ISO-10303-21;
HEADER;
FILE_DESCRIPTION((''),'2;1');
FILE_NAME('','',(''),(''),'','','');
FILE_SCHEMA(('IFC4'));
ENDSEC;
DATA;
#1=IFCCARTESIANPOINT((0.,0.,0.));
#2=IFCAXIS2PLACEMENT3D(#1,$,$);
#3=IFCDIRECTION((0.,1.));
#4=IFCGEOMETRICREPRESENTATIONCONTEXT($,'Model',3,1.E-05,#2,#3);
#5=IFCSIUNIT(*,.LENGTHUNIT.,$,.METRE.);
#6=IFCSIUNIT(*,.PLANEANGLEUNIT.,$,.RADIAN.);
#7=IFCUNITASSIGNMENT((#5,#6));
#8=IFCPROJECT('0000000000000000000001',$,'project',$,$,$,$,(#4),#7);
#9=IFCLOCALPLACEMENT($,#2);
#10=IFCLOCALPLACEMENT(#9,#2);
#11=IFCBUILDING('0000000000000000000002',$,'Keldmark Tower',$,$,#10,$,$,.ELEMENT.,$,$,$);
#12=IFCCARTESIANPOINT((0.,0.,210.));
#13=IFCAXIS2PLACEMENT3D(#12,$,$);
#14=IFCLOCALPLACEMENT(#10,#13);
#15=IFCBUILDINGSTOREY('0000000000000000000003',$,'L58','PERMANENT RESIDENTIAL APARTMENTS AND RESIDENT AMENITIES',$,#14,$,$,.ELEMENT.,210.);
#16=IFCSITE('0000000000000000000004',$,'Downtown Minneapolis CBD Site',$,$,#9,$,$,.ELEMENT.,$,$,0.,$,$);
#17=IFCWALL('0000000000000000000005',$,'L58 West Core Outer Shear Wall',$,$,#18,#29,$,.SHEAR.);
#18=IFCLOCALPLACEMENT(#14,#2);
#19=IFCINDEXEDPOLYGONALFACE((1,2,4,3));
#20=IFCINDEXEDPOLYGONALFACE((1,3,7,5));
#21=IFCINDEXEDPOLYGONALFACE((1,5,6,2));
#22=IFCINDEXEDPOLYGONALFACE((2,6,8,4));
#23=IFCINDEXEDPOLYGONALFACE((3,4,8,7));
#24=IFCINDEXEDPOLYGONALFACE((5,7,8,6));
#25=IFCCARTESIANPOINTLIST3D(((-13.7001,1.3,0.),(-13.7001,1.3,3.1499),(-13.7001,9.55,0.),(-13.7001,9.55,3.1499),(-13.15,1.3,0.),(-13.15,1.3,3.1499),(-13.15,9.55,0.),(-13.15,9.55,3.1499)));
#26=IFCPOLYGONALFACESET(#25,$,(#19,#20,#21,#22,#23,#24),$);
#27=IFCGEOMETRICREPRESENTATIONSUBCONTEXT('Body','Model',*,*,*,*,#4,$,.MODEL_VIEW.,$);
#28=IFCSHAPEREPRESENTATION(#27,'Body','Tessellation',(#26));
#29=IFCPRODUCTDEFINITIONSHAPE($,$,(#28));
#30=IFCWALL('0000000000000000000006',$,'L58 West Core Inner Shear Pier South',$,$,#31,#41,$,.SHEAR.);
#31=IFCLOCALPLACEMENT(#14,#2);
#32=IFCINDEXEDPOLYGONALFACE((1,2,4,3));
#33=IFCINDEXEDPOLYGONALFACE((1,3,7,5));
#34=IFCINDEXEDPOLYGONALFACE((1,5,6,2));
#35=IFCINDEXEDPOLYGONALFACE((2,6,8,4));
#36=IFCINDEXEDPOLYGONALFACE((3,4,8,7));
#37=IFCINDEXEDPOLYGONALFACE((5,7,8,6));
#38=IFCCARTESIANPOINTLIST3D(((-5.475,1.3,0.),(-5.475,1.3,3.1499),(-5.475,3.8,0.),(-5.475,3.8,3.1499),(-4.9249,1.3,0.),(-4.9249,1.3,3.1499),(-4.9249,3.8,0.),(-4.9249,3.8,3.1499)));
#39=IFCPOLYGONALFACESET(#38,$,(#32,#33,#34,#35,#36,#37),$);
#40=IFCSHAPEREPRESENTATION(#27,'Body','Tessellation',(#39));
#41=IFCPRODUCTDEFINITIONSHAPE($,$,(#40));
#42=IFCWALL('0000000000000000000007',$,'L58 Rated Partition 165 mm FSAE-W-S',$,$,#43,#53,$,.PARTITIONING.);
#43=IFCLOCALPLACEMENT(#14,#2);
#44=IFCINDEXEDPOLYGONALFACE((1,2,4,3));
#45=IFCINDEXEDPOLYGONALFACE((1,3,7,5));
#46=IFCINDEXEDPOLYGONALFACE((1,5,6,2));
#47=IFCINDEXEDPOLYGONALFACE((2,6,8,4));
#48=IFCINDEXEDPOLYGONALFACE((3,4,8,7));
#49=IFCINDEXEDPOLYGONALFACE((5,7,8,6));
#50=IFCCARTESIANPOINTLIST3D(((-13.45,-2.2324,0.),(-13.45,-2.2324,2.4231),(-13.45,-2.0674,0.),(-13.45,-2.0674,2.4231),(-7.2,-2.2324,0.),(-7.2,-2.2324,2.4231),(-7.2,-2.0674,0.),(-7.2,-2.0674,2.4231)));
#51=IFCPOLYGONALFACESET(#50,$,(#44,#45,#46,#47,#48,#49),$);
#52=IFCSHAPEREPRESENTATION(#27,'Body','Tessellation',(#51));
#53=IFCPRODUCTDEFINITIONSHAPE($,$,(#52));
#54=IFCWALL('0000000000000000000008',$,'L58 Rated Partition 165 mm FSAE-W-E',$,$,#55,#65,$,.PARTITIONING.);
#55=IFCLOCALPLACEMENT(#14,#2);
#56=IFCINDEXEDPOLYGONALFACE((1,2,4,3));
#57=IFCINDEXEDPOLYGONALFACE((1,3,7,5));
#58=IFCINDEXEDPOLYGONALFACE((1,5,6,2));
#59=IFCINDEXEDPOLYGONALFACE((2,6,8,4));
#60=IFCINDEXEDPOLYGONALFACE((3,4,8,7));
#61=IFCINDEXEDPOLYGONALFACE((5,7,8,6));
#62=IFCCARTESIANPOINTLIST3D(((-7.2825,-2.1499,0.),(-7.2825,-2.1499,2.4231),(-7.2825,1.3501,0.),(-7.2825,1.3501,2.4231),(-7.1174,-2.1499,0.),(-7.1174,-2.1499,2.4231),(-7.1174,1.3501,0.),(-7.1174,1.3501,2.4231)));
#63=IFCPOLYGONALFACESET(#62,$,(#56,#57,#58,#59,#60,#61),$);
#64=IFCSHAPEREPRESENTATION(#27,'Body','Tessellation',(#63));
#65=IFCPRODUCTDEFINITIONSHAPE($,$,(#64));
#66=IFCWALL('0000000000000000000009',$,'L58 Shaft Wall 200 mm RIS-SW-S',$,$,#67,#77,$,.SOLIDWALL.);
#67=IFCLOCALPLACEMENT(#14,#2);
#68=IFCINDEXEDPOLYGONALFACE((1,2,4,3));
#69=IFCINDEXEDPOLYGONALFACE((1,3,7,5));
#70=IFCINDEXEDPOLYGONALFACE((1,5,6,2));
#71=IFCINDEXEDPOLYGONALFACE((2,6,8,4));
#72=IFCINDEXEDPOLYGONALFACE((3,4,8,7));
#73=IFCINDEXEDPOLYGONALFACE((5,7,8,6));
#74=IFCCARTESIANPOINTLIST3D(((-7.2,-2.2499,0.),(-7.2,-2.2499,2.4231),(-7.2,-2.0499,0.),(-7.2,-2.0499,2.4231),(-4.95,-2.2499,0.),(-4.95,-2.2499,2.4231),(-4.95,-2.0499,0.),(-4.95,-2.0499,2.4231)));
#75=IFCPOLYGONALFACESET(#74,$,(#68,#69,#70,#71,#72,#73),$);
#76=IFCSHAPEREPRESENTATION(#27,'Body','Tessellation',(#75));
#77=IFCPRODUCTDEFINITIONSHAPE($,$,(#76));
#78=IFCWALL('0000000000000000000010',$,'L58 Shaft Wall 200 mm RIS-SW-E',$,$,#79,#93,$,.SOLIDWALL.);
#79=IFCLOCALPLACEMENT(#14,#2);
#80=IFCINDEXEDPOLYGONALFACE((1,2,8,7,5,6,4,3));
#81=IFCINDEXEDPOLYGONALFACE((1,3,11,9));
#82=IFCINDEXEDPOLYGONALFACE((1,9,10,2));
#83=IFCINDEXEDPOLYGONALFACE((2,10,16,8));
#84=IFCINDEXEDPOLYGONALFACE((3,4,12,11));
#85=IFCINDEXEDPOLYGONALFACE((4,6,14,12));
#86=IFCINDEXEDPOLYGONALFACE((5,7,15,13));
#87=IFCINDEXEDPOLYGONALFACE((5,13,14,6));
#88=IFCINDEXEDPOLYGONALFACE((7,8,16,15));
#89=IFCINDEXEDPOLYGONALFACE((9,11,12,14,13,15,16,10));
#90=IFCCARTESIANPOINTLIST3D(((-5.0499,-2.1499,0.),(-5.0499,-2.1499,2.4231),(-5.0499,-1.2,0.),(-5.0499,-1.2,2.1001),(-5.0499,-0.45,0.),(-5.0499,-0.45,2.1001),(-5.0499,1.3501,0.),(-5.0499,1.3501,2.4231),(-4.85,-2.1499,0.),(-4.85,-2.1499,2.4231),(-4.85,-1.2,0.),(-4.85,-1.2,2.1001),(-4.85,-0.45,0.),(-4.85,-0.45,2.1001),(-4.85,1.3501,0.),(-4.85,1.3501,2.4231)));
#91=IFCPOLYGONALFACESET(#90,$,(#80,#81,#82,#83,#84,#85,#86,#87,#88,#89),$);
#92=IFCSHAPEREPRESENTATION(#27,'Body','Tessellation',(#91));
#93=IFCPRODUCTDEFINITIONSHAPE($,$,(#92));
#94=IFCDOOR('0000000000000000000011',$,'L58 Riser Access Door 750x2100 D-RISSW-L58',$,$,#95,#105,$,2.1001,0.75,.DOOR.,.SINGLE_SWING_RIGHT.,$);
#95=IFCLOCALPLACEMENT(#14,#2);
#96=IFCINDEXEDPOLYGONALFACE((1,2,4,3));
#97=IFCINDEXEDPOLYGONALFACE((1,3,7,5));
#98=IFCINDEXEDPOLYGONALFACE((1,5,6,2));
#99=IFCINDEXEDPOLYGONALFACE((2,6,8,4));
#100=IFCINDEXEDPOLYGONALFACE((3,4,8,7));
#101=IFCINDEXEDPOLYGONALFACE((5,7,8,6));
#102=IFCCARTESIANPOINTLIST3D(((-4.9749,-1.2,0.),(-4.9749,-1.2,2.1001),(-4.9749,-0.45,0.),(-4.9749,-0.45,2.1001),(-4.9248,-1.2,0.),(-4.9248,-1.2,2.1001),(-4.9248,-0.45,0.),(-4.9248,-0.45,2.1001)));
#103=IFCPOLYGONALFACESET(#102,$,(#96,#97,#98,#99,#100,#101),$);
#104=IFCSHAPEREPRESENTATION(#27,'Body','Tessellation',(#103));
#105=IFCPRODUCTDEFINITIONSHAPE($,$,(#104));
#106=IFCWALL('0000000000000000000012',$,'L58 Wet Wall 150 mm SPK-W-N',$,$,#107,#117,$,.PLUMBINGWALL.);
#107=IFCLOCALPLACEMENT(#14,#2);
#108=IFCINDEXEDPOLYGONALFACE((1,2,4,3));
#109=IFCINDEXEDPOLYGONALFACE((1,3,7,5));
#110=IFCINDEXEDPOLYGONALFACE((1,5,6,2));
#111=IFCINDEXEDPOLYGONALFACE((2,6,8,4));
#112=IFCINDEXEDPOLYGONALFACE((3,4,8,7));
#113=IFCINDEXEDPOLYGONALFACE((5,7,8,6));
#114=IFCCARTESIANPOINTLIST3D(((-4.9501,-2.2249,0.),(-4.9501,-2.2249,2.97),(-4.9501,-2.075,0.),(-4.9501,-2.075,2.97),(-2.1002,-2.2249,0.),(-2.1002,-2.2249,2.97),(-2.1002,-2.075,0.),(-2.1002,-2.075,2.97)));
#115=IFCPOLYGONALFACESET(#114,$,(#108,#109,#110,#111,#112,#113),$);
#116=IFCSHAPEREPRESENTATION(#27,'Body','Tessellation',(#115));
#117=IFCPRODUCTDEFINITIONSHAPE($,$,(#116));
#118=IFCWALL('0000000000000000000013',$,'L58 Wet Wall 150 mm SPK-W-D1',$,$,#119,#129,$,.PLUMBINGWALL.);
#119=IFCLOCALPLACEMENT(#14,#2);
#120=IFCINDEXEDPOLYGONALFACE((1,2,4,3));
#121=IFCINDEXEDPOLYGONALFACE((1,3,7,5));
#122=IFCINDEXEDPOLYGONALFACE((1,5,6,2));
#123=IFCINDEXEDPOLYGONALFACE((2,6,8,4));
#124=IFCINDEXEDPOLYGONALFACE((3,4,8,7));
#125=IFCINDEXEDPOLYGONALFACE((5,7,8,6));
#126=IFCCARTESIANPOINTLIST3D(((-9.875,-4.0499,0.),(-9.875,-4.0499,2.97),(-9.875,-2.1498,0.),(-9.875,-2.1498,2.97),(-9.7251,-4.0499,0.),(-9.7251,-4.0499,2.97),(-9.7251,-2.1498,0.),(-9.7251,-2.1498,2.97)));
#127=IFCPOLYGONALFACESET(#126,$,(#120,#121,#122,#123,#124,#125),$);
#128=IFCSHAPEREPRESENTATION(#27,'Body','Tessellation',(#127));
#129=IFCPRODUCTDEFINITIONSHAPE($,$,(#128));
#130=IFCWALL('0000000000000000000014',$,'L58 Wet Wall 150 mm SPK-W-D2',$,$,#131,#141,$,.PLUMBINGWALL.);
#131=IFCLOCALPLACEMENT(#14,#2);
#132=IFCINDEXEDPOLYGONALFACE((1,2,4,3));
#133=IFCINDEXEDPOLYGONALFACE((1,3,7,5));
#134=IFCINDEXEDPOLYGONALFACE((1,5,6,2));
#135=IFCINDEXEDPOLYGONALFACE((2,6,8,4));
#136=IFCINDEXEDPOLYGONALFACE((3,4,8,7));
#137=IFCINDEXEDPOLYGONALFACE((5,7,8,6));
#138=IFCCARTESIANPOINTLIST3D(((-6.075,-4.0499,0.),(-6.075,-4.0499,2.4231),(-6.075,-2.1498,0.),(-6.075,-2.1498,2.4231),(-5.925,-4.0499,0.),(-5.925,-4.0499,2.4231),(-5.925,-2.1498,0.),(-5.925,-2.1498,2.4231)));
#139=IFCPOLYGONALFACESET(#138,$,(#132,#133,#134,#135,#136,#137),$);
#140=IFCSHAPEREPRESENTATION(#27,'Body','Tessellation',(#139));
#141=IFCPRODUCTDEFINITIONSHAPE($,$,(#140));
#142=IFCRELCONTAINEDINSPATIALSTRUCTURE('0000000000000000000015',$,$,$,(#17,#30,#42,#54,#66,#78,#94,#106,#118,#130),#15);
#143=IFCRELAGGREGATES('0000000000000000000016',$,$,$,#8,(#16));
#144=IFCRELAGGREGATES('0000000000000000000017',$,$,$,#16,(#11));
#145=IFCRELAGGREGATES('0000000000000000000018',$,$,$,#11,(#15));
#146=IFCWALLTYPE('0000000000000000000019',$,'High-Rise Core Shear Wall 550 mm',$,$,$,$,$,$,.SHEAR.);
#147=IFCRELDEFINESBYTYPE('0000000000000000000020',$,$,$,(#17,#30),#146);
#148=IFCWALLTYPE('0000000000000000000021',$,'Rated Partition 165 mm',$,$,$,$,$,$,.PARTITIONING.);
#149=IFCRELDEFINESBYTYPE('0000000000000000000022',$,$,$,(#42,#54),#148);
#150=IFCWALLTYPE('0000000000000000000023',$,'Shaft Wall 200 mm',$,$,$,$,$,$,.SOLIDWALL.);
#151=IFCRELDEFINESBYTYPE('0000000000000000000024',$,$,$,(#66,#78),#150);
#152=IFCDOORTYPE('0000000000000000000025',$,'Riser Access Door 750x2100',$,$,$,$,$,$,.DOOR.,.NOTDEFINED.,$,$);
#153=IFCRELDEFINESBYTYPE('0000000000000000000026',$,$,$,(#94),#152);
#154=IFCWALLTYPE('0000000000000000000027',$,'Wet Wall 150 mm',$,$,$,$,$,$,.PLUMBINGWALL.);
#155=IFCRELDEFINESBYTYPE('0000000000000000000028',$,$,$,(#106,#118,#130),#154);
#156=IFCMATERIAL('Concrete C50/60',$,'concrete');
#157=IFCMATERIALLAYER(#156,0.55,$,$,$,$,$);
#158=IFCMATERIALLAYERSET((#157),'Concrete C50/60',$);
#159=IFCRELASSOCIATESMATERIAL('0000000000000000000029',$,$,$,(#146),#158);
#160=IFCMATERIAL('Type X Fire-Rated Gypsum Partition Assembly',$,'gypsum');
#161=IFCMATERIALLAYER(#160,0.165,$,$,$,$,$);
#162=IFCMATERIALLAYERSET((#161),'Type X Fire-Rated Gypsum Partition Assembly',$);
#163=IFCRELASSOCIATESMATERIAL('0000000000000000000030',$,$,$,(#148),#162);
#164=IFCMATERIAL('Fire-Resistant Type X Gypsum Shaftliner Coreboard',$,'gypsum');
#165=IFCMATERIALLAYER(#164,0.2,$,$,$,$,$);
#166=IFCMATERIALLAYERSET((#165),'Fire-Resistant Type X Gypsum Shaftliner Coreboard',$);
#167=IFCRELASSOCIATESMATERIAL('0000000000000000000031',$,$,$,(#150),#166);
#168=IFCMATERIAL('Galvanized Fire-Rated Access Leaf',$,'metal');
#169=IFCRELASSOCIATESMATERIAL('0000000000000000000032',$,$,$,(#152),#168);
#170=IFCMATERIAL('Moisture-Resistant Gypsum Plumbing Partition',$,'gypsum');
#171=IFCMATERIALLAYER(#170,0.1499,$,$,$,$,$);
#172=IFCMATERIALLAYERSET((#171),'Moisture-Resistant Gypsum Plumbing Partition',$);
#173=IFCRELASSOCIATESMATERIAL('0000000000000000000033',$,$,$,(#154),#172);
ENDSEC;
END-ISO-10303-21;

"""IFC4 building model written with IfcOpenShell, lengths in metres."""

from ifc_helpers import new_model, si_unit, direction, frame, frame_2d, origin, place, context, subcontext, project, spatial, rectangle, extrude, material, layer, layer_set, type_object, element, fill, save


model = new_model("IFC4")

# Units and contexts
model_context = context("Model", 3, precision=1e-05, world=origin(), true_north=direction((0.0, 1.0)))
body_context = subcontext(model_context, "Body", "Model", "MODEL_VIEW")
ifc_project = project(units=[si_unit("LENGTHUNIT", "METRE"), si_unit("PLANEANGLEUNIT", "RADIAN")], contexts=[model_context])

# Site, building, storey
site_placement = place(None, origin())
site = spatial("IfcSite", under=ifc_project, at=site_placement, Name="Downtown Minneapolis CBD Site", CompositionType="ELEMENT", RefElevation=0.0)
building_placement = place(site_placement, origin())
building = spatial("IfcBuilding", under=site, at=building_placement, Name="Keldmark Tower", CompositionType="ELEMENT")
storey_placement = place(building_placement, frame((0.0, 0.0, 210.0)))
storey = spatial("IfcBuildingStorey", under=building, at=storey_placement, Name="L58", Description="PERMANENT RESIDENTIAL APARTMENTS AND RESIDENT AMENITIES", CompositionType="ELEMENT", Elevation=210.0)

# Walls
ifc_material_1 = material(Name="Concrete C50/60", Category="concrete")
ifc_layer_1 = layer(ifc_material_1, 0.55)
ifc_layer_set_1 = layer_set([ifc_layer_1], Name="Concrete C50/60")
wall_type_1 = type_object("IfcWallType", Name="High-Rise Core Shear Wall 550 mm", PredefinedType="SHEAR", material=ifc_layer_set_1)
wall_1_placement = place(storey_placement, frame((-13.425, 1.3, 0.0), z_axis=(0.0, 0.0, 1.0), x_axis=(0.0, 1.0, 0.0)))
element("IfcWall", 1, at=wall_1_placement, inside=storey, type_object=wall_type_1, Name="L58 West Core Outer Shear Wall", PredefinedType="SHEAR", context=body_context, shape_type="SweptSolid", body=[
    extrude(rectangle(XDim=8.25, YDim=0.55, at=frame_2d((4.125, 0.0))), origin(), (0.0, 0.0, 1.0), 3.1499),
])
wall_2_placement = place(storey_placement, frame((-5.2, 1.3, 0.0), z_axis=(0.0, 0.0, 1.0), x_axis=(0.0, 1.0, 0.0)))
element("IfcWall", 2, at=wall_2_placement, inside=storey, type_object=wall_type_1, Name="L58 West Core Inner Shear Pier South", PredefinedType="SHEAR", context=body_context, shape_type="SweptSolid", body=[
    extrude(rectangle(XDim=2.5, YDim=0.55, at=frame_2d((1.25, 0.0))), origin(), (0.0, 0.0, 1.0), 3.1499),
])
ifc_material_2 = material(Name="Type X Fire-Rated Gypsum Partition Assembly", Category="gypsum")
ifc_layer_2 = layer(ifc_material_2, 0.165)
ifc_layer_set_2 = layer_set([ifc_layer_2], Name="Type X Fire-Rated Gypsum Partition Assembly")
wall_type_2 = type_object("IfcWallType", Name="Rated Partition 165 mm", PredefinedType="PARTITIONING", material=ifc_layer_set_2)
wall_3_placement = place(storey_placement, frame((-13.45, -2.1499, 0.0), z_axis=(0.0, 0.0, 1.0), x_axis=(1.0, 0.0, 0.0)))
element("IfcWall", 3, at=wall_3_placement, inside=storey, type_object=wall_type_2, Name="L58 Rated Partition 165 mm FSAE-W-S", PredefinedType="PARTITIONING", context=body_context, shape_type="SweptSolid", body=[
    extrude(rectangle(XDim=6.25, YDim=0.165, at=frame_2d((3.125, 0.0))), origin(), (0.0, 0.0, 1.0), 2.4231),
])

# Walls
wall_4_placement = place(storey_placement, frame((-7.2, -2.1499, 0.0), z_axis=(0.0, 0.0, 1.0), x_axis=(0.0, 1.0, 0.0)))
element("IfcWall", 4, at=wall_4_placement, inside=storey, type_object=wall_type_2, Name="L58 Rated Partition 165 mm FSAE-W-E", PredefinedType="PARTITIONING", context=body_context, shape_type="SweptSolid", body=[
    extrude(rectangle(XDim=3.5, YDim=0.165, at=frame_2d((1.75, 0.0))), origin(), (0.0, 0.0, 1.0), 2.4231),
])
ifc_material_3 = material(Name="Fire-Resistant Type X Gypsum Shaftliner Coreboard", Category="gypsum")
ifc_layer_3 = layer(ifc_material_3, 0.2)
ifc_layer_set_3 = layer_set([ifc_layer_3], Name="Fire-Resistant Type X Gypsum Shaftliner Coreboard")
wall_type_3 = type_object("IfcWallType", Name="Shaft Wall 200 mm", PredefinedType="SOLIDWALL", material=ifc_layer_set_3)
wall_5_placement = place(storey_placement, frame((-7.2, -2.1499, 0.0), z_axis=(0.0, 0.0, 1.0), x_axis=(1.0, 0.0, 0.0)))
element("IfcWall", 5, at=wall_5_placement, inside=storey, type_object=wall_type_3, Name="L58 Shaft Wall 200 mm RIS-SW-S", PredefinedType="SOLIDWALL", context=body_context, shape_type="SweptSolid", body=[
    extrude(rectangle(XDim=2.25, YDim=0.2, at=frame_2d((1.125, 0.0))), origin(), (0.0, 0.0, 1.0), 2.4231),
])

# Wall, opening, door
wall_6_placement = place(storey_placement, frame((-4.95, -2.1499, 0.0), z_axis=(0.0, 0.0, 1.0), x_axis=(0.0, 1.0, 0.0)))
wall_6 = element("IfcWall", 6, at=wall_6_placement, inside=storey, type_object=wall_type_3, Name="L58 Shaft Wall 200 mm RIS-SW-E", PredefinedType="SOLIDWALL", context=body_context, shape_type="SweptSolid", body=[
    extrude(rectangle(XDim=3.5, YDim=0.2, at=frame_2d((1.75, 0.0))), origin(), (0.0, 0.0, 1.0), 2.4231),
])
opening_1_placement = place(wall_6_placement, frame((0.95, 0.0, 0.0)))
opening_1 = element("IfcOpeningElement", 7, at=opening_1_placement, cuts=wall_6, PredefinedType="OPENING", context=body_context, shape_type="SweptSolid", body=[
    extrude(rectangle(XDim=0.75, YDim=2.1001, at=frame_2d((0.375, 1.05))), frame((0.0, 0.1099, 0.0), z_axis=(0.0, -1.0, 0.0), x_axis=(1.0, 0.0, 0.0)), (0.0, 0.0, 1.0), 0.22),
])
ifc_material_4 = material(Name="Galvanized Fire-Rated Access Leaf", Category="metal")
door_type_1 = type_object("IfcDoorType", Name="Riser Access Door 750x2100", OperationType="NOTDEFINED", PredefinedType="DOOR", material=ifc_material_4)
door_1_placement = place(opening_1_placement, origin())
door_1 = element("IfcDoor", 8, at=door_1_placement, inside=storey, type_object=door_type_1, Name="L58 Riser Access Door 750x2100 D-RISSW-L58", OperationType="SINGLE_SWING_RIGHT", OverallHeight=2.1001, OverallWidth=0.75, PredefinedType="DOOR", context=body_context, shape_type="SweptSolid", body=[
    extrude(rectangle(XDim=0.75, YDim=2.1001, at=frame_2d((0.375, 1.05))), frame((0.0, 0.0249, 0.0), z_axis=(0.0, -1.0, 0.0), x_axis=(1.0, 0.0, 0.0)), (0.0, 0.0, 1.0), 0.05),
])
fill(opening_1, door_1)

# Walls
ifc_material_5 = material(Name="Moisture-Resistant Gypsum Plumbing Partition", Category="gypsum")
ifc_layer_4 = layer(ifc_material_5, 0.1499)
ifc_layer_set_4 = layer_set([ifc_layer_4], Name="Moisture-Resistant Gypsum Plumbing Partition")
wall_type_4 = type_object("IfcWallType", Name="Wet Wall 150 mm", PredefinedType="PLUMBINGWALL", material=ifc_layer_set_4)
wall_7_placement = place(storey_placement, frame((-4.95, -2.1499, 0.0), z_axis=(0.0, 0.0, 1.0), x_axis=(1.0, 0.0, 0.0)))
element("IfcWall", 9, at=wall_7_placement, inside=storey, type_object=wall_type_4, Name="L58 Wet Wall 150 mm SPK-W-N", PredefinedType="PLUMBINGWALL", context=body_context, shape_type="SweptSolid", body=[
    extrude(rectangle(XDim=2.8499, YDim=0.1499, at=frame_2d((1.4248, 0.0))), origin(), (0.0, 0.0, 1.0), 2.97),
])
wall_8_placement = place(storey_placement, frame((-9.8, -4.05, 0.0), z_axis=(0.0, 0.0, 1.0), x_axis=(0.0, 1.0, 0.0)))
element("IfcWall", 10, at=wall_8_placement, inside=storey, type_object=wall_type_4, Name="L58 Wet Wall 150 mm SPK-W-D1", PredefinedType="PLUMBINGWALL", context=body_context, shape_type="SweptSolid", body=[
    extrude(rectangle(XDim=1.9001, YDim=0.1499, at=frame_2d((0.9502, 0.0))), origin(), (0.0, 0.0, 1.0), 2.97),
])
wall_9_placement = place(storey_placement, frame((-6.0, -4.05, 0.0), z_axis=(0.0, 0.0, 1.0), x_axis=(0.0, 1.0, 0.0)))
element("IfcWall", 11, at=wall_9_placement, inside=storey, type_object=wall_type_4, Name="L58 Wet Wall 150 mm SPK-W-D2", PredefinedType="PLUMBINGWALL", context=body_context, shape_type="SweptSolid", body=[
    extrude(rectangle(XDim=1.9001, YDim=0.1499, at=frame_2d((0.9502, 0.0))), origin(), (0.0, 0.0, 1.0), 2.4231),
])

save(model, "model.ifc")
